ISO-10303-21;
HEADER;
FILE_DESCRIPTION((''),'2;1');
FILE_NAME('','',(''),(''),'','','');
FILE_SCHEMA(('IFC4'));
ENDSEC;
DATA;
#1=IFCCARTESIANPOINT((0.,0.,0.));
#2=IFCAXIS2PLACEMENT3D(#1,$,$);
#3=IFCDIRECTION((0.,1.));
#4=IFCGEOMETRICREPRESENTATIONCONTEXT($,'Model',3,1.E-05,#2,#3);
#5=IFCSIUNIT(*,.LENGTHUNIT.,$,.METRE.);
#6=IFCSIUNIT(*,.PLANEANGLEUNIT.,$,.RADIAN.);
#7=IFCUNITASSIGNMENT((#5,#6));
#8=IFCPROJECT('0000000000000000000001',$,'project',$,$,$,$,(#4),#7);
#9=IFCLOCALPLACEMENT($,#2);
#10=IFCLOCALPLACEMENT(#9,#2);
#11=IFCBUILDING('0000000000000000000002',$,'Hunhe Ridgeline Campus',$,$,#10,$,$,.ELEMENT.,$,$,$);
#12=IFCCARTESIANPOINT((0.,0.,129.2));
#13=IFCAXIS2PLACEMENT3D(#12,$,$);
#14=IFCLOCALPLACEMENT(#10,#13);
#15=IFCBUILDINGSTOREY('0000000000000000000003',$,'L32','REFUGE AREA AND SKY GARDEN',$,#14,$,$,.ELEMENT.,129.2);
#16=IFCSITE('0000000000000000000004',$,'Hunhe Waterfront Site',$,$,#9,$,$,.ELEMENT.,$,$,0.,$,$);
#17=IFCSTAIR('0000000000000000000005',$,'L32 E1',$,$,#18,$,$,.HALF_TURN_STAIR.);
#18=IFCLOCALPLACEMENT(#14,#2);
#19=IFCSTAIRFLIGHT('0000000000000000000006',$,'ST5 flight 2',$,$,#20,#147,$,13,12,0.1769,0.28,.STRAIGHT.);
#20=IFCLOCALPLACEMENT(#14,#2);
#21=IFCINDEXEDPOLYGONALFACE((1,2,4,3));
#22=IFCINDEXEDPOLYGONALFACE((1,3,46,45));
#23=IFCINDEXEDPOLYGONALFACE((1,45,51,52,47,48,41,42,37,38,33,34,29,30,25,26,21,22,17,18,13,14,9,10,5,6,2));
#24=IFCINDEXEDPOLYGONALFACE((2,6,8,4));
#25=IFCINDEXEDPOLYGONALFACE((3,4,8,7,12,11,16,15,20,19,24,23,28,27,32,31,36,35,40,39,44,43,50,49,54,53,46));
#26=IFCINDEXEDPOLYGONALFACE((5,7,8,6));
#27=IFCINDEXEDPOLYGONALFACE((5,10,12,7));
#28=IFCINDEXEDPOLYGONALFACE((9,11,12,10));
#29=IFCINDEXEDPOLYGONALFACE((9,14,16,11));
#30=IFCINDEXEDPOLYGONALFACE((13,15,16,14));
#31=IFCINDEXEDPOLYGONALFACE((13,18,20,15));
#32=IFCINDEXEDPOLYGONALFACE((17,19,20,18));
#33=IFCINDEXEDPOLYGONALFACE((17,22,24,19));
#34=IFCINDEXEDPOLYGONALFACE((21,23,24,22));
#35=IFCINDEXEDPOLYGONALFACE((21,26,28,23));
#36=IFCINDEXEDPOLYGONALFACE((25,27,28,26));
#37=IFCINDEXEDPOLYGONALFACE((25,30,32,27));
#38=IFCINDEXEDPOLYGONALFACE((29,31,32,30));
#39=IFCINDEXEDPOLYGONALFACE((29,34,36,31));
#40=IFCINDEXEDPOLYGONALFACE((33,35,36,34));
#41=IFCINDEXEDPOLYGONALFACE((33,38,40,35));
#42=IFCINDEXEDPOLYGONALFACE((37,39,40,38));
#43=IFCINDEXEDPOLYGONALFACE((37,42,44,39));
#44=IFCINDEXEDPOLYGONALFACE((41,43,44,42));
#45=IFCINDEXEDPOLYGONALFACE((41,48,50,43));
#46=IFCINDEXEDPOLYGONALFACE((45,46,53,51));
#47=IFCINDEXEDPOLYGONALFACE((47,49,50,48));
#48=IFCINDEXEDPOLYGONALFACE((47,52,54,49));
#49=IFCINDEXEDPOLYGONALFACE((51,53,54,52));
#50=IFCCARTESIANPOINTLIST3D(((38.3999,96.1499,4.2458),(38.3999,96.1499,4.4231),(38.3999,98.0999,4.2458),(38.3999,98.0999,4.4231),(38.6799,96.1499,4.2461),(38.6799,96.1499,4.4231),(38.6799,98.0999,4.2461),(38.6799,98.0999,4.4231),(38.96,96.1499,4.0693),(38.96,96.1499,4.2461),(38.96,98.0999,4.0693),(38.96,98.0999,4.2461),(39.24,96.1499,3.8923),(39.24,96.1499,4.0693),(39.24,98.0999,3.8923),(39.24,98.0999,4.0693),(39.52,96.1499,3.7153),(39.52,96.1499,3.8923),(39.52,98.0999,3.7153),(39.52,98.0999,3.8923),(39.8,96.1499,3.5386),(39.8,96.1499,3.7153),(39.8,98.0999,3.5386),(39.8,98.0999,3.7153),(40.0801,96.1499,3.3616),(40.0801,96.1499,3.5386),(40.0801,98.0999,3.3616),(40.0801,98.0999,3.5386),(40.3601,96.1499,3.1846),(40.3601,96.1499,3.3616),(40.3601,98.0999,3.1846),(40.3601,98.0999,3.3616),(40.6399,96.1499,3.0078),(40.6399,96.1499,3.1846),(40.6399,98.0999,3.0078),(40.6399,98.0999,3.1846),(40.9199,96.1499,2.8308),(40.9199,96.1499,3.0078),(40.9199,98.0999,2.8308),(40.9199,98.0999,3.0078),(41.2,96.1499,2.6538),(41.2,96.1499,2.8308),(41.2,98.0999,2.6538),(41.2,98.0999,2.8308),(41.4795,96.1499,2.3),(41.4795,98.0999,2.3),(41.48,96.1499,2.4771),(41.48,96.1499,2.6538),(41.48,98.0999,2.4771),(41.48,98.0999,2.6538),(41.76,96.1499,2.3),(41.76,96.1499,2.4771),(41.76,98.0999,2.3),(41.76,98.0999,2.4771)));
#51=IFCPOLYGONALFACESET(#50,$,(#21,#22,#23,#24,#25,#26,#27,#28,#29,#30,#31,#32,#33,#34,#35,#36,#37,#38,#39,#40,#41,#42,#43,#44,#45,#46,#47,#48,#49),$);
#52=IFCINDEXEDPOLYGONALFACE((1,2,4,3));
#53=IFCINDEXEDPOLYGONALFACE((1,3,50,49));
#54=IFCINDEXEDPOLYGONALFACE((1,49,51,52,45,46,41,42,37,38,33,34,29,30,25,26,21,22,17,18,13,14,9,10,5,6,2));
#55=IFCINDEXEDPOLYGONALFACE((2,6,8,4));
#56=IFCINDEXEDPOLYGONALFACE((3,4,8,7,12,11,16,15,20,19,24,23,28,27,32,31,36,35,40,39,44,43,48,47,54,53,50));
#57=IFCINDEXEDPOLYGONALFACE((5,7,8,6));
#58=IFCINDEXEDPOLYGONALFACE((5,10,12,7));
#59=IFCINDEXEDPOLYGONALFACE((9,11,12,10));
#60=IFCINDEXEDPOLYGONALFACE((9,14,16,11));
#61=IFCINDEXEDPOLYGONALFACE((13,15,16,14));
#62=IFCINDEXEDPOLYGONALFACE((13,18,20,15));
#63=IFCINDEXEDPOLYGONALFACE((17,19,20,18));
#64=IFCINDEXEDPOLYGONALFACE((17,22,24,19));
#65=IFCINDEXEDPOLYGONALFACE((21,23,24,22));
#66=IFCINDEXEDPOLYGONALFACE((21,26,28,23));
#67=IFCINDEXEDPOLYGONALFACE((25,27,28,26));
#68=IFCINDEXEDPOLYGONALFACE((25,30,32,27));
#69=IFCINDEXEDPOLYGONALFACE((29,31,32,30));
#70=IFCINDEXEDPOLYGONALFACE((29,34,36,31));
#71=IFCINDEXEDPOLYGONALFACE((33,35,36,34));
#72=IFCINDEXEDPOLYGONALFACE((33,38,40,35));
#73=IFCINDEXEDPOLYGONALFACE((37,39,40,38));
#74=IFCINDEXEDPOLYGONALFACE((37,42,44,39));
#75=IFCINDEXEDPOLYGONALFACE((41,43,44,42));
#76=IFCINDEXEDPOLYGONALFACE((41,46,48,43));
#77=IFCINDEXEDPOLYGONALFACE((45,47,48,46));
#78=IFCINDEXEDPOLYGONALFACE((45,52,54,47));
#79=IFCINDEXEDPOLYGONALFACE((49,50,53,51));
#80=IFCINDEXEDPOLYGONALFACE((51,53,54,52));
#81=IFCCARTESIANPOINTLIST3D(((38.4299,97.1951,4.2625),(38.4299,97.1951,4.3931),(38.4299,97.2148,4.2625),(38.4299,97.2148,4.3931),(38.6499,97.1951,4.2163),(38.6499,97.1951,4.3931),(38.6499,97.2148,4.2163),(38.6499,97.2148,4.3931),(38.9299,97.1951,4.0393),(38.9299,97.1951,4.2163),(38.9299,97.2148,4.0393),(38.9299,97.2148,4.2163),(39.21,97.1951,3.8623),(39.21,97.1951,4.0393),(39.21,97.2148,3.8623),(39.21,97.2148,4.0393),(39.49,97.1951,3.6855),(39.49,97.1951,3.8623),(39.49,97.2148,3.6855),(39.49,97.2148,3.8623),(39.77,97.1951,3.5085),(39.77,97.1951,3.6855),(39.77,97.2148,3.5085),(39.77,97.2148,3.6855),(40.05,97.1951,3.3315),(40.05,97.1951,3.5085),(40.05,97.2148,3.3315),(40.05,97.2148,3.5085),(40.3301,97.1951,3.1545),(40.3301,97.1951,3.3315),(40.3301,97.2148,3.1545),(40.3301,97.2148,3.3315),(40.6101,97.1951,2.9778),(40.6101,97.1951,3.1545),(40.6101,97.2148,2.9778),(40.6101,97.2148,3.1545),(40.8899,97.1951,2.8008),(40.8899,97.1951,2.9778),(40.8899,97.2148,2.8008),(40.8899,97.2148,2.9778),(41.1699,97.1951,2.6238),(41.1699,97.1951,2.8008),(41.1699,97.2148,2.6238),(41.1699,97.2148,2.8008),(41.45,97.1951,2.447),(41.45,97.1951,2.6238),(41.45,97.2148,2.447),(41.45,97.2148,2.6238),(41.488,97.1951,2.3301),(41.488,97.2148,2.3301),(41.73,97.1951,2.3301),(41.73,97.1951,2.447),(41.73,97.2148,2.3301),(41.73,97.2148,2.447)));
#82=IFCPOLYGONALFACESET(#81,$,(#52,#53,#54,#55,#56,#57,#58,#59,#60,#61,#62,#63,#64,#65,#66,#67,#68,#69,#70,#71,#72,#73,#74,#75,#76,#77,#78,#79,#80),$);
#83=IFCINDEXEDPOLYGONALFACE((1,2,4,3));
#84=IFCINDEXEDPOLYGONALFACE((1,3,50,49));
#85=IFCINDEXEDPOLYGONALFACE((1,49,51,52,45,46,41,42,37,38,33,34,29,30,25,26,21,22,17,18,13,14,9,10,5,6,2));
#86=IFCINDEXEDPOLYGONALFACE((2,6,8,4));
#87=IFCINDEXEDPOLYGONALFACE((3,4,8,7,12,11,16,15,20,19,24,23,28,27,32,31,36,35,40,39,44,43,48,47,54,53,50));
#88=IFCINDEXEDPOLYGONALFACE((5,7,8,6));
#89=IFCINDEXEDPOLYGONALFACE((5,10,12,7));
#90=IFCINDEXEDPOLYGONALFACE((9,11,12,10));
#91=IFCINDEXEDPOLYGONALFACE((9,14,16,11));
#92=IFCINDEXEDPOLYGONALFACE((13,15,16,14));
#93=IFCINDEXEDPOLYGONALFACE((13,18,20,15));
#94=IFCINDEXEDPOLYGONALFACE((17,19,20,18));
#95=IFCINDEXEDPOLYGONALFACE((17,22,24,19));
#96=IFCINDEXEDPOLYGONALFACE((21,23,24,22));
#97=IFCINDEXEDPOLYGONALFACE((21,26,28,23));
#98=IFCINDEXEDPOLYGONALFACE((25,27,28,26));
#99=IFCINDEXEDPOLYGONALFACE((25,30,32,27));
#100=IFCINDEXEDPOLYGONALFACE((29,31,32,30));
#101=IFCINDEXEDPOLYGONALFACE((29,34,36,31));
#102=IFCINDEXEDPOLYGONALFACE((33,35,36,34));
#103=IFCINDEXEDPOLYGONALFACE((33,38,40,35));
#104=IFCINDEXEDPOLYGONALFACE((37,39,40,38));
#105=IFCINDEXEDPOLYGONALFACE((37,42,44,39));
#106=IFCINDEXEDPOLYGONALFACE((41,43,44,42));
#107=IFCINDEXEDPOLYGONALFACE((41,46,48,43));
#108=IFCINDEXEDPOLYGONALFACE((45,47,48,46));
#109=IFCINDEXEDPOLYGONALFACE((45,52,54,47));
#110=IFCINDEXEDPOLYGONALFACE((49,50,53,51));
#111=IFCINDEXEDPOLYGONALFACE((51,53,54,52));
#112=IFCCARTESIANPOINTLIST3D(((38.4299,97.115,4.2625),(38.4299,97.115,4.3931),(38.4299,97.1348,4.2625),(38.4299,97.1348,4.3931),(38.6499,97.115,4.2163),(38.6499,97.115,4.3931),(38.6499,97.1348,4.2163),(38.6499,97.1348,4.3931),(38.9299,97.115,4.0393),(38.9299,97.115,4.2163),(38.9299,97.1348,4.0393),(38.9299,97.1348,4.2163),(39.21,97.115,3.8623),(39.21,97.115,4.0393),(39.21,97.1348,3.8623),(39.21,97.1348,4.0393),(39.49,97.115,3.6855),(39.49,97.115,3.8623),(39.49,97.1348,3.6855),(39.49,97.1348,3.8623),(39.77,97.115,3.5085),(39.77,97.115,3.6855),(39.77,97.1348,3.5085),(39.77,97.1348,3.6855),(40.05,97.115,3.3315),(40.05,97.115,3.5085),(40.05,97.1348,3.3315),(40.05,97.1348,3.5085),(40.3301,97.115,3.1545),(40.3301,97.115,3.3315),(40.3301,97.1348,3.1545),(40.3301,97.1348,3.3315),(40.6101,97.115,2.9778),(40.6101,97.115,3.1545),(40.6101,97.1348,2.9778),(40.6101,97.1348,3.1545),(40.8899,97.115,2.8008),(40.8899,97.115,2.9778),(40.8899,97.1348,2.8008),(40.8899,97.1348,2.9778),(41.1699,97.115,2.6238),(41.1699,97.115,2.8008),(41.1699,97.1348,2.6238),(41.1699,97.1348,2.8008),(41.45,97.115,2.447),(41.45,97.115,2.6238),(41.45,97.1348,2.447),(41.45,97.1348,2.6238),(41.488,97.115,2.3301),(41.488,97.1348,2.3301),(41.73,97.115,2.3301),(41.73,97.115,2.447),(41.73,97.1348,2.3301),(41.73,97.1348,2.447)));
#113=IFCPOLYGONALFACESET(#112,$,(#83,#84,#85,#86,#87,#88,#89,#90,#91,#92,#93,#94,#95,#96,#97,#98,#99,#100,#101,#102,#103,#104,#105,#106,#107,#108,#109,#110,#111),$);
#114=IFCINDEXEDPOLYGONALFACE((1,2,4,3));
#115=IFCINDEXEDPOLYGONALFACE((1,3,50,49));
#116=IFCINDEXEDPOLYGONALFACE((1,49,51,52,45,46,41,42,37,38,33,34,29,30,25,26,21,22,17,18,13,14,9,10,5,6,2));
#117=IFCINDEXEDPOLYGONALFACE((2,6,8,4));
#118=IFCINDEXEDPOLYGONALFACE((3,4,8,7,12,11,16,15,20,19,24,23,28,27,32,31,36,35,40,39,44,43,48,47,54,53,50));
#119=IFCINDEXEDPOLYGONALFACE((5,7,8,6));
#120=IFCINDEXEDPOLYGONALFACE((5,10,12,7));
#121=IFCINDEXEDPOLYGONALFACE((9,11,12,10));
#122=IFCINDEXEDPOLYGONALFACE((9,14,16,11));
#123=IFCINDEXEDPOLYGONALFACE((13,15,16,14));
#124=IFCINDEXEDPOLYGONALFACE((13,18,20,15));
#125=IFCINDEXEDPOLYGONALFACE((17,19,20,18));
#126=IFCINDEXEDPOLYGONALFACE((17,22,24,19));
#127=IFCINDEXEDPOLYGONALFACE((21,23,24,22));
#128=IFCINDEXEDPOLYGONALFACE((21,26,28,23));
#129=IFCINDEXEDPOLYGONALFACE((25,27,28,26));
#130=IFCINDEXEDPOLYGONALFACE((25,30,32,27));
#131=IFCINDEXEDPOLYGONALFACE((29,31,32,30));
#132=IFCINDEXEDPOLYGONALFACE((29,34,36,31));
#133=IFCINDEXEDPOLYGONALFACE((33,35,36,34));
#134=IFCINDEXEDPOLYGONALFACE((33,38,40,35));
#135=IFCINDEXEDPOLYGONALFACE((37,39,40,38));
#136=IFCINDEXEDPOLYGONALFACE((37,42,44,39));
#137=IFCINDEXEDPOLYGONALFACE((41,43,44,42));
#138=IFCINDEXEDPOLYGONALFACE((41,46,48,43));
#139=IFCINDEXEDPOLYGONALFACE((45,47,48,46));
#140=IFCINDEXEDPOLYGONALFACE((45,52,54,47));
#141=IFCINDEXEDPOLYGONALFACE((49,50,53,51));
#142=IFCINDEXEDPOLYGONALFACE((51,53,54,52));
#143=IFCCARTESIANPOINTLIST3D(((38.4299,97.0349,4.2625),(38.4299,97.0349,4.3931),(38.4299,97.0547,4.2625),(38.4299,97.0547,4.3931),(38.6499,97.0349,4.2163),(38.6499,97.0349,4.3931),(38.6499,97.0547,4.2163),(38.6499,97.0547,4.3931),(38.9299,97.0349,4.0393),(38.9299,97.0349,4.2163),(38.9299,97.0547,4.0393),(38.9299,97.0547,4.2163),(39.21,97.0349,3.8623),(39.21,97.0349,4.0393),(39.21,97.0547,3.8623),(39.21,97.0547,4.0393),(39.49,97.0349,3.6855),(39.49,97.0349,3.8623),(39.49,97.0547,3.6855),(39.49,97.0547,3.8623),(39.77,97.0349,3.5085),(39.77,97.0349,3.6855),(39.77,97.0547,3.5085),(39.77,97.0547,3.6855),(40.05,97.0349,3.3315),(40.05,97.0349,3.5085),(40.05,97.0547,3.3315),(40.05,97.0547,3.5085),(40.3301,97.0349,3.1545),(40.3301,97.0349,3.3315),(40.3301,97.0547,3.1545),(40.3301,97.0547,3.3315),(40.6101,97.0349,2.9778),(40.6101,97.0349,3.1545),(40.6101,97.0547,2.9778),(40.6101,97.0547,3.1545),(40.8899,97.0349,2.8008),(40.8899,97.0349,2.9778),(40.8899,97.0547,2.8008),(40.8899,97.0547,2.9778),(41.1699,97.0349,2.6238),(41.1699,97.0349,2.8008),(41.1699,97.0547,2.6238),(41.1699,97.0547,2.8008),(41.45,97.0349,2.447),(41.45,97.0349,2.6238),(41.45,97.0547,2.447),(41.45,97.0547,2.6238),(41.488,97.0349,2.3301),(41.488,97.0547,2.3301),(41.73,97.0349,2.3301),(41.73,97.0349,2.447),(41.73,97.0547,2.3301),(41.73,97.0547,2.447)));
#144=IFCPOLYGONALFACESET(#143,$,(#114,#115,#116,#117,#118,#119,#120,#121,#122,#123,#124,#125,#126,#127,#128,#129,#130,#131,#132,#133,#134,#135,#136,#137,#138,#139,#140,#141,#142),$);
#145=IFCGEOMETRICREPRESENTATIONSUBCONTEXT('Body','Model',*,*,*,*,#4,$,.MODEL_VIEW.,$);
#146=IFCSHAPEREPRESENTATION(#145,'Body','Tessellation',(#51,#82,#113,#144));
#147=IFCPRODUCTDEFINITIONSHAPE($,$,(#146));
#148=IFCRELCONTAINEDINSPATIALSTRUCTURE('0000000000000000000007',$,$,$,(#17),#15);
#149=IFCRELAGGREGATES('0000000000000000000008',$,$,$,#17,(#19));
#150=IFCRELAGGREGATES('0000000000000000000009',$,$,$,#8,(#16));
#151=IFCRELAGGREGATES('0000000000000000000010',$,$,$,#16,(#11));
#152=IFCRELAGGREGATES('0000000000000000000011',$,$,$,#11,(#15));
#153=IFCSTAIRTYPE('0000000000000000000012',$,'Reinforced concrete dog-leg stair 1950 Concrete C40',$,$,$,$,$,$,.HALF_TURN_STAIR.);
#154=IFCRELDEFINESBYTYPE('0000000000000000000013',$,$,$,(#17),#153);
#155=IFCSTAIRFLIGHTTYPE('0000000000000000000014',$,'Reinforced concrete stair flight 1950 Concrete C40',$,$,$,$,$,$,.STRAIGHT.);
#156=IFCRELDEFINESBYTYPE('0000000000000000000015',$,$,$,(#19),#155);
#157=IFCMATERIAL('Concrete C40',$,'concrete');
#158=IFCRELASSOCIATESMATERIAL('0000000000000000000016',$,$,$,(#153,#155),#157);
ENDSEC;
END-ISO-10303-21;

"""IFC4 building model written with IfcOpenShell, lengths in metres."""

from ifc_helpers import new_model, si_unit, direction, frame, origin, place, context, subcontext, project, spatial, polyline, outline, extrude, material, type_object, element, aggregate, save


model = new_model("IFC4")

# Units and contexts
model_context = context("Model", 3, precision=1e-05, world=origin(), true_north=direction((0.0, 1.0)))
body_context = subcontext(model_context, "Body", "Model", "MODEL_VIEW")
ifc_project = project(units=[si_unit("LENGTHUNIT", "METRE"), si_unit("PLANEANGLEUNIT", "RADIAN")], contexts=[model_context])

# Site, building, storey
site_placement = place(None, origin())
site = spatial("IfcSite", under=ifc_project, at=site_placement, Name="Hunhe Waterfront Site", CompositionType="ELEMENT", RefElevation=0.0)
building_placement = place(site_placement, origin())
building = spatial("IfcBuilding", under=site, at=building_placement, Name="Hunhe Ridgeline Campus", CompositionType="ELEMENT")
storey_placement = place(building_placement, frame((0.0, 0.0, 129.2)))
storey = spatial("IfcBuildingStorey", under=building, at=storey_placement, Name="L32", Description="REFUGE AREA AND SKY GARDEN", CompositionType="ELEMENT", Elevation=129.2)

# Stair, stair flight
ifc_material_1 = material(Name="Concrete C40", Category="concrete")
stair_type = type_object("IfcStairType", Name="Reinforced concrete dog-leg stair 1950 Concrete C40", PredefinedType="HALF_TURN_STAIR", material=ifc_material_1)
stair_placement = place(storey_placement, origin())
stair = element("IfcStair", 1, at=stair_placement, inside=storey, type_object=stair_type, Name="L32 E1", PredefinedType="HALF_TURN_STAIR")
stair_flight_type = type_object("IfcStairFlightType", Name="Reinforced concrete stair flight 1950 Concrete C40", PredefinedType="STRAIGHT", material=ifc_material_1)
stair_flight_1_placement = place(storey_placement, frame((41.76, 97.125, 2.3), z_axis=(0.0, 0.0, 1.0), x_axis=(-1.0, 0.0, 0.0)))
stair_flight_1 = element("IfcStairFlight", 2, at=stair_flight_1_placement, type_object=stair_flight_type, Name="ST5 flight 2", NumberOfRisers=13, NumberOfTreads=12, PredefinedType="STRAIGHT", RiserHeight=0.1769, TreadLength=0.28, context=body_context, shape_type="SweptSolid", body=[
    extrude(outline(polyline([(0.0, 0.0), (0.0, 0.177), (0.28, 0.177), (0.28, 0.3538), (0.5601, 0.3538), (0.5601, 0.5308), (0.8401, 0.5308), (0.8401, 0.7078), (1.1201, 0.7078), (1.1201, 0.8845), (1.3999, 0.8845), (1.3999, 1.0615), (1.6799, 1.0615), (1.6799, 1.2385), (1.96, 1.2385), (1.96, 1.4153), (2.24, 1.4153), (2.24, 1.5923), (2.52, 1.5923), (2.52, 1.7693), (2.8, 1.7693), (2.8, 1.946), (3.0801, 1.946), (3.0801, 2.123), (3.3601, 2.123), (3.3601, 2.3), (3.3601, 1.9458), (0.2805, 0.0), (0.0, 0.0)])), frame((0.0, 0.9751, 0.0), z_axis=(0.0, -1.0, 0.0), x_axis=(1.0, 0.0, 0.0)), (0.0, 0.0, 1.0), 1.95),
    extrude(outline(polyline([(0.03, 0.03), (0.03, 0.147), (0.3101, 0.147), (0.3101, 0.3237), (0.5901, 0.3237), (0.5901, 0.5007), (0.8701, 0.5007), (0.8701, 0.6777), (1.1499, 0.6777), (1.1499, 0.8545), (1.4299, 0.8545), (1.4299, 1.0315), (1.71, 1.0315), (1.71, 1.2085), (1.99, 1.2085), (1.99, 1.3855), (2.27, 1.3855), (2.27, 1.5623), (2.55, 1.5623), (2.55, 1.7393), (2.8301, 1.7393), (2.8301, 1.9163), (3.1101, 1.9163), (3.1101, 2.093), (3.3301, 2.093), (3.3301, 1.9624), (0.272, 0.03), (0.03, 0.03)])), frame((0.0, -0.0701, 0.0), z_axis=(0.0, -1.0, 0.0), x_axis=(1.0, 0.0, 0.0)), (0.0, 0.0, 1.0), 0.0198),
    extrude(outline(polyline([(0.03, 0.03), (0.03, 0.147), (0.3101, 0.147), (0.3101, 0.3237), (0.5901, 0.3237), (0.5901, 0.5007), (0.8701, 0.5007), (0.8701, 0.6777), (1.1499, 0.6777), (1.1499, 0.8545), (1.4299, 0.8545), (1.4299, 1.0315), (1.71, 1.0315), (1.71, 1.2085), (1.99, 1.2085), (1.99, 1.3855), (2.27, 1.3855), (2.27, 1.5623), (2.55, 1.5623), (2.55, 1.7393), (2.8301, 1.7393), (2.8301, 1.9163), (3.1101, 1.9163), (3.1101, 2.093), (3.3301, 2.093), (3.3301, 1.9624), (0.272, 0.03), (0.03, 0.03)])), frame((0.0, 0.01, 0.0), z_axis=(0.0, -1.0, 0.0), x_axis=(1.0, 0.0, 0.0)), (0.0, 0.0, 1.0), 0.0198),
    extrude(outline(polyline([(0.03, 0.03), (0.03, 0.147), (0.3101, 0.147), (0.3101, 0.3237), (0.5901, 0.3237), (0.5901, 0.5007), (0.8701, 0.5007), (0.8701, 0.6777), (1.1499, 0.6777), (1.1499, 0.8545), (1.4299, 0.8545), (1.4299, 1.0315), (1.71, 1.0315), (1.71, 1.2085), (1.99, 1.2085), (1.99, 1.3855), (2.27, 1.3855), (2.27, 1.5623), (2.55, 1.5623), (2.55, 1.7393), (2.8301, 1.7393), (2.8301, 1.9163), (3.1101, 1.9163), (3.1101, 2.093), (3.3301, 2.093), (3.3301, 1.9624), (0.272, 0.03), (0.03, 0.03)])), frame((0.0, 0.0901, 0.0), z_axis=(0.0, -1.0, 0.0), x_axis=(1.0, 0.0, 0.0)), (0.0, 0.0, 1.0), 0.0198),
])
aggregate(stair, [stair_flight_1])

save(model, "model.ifc")
